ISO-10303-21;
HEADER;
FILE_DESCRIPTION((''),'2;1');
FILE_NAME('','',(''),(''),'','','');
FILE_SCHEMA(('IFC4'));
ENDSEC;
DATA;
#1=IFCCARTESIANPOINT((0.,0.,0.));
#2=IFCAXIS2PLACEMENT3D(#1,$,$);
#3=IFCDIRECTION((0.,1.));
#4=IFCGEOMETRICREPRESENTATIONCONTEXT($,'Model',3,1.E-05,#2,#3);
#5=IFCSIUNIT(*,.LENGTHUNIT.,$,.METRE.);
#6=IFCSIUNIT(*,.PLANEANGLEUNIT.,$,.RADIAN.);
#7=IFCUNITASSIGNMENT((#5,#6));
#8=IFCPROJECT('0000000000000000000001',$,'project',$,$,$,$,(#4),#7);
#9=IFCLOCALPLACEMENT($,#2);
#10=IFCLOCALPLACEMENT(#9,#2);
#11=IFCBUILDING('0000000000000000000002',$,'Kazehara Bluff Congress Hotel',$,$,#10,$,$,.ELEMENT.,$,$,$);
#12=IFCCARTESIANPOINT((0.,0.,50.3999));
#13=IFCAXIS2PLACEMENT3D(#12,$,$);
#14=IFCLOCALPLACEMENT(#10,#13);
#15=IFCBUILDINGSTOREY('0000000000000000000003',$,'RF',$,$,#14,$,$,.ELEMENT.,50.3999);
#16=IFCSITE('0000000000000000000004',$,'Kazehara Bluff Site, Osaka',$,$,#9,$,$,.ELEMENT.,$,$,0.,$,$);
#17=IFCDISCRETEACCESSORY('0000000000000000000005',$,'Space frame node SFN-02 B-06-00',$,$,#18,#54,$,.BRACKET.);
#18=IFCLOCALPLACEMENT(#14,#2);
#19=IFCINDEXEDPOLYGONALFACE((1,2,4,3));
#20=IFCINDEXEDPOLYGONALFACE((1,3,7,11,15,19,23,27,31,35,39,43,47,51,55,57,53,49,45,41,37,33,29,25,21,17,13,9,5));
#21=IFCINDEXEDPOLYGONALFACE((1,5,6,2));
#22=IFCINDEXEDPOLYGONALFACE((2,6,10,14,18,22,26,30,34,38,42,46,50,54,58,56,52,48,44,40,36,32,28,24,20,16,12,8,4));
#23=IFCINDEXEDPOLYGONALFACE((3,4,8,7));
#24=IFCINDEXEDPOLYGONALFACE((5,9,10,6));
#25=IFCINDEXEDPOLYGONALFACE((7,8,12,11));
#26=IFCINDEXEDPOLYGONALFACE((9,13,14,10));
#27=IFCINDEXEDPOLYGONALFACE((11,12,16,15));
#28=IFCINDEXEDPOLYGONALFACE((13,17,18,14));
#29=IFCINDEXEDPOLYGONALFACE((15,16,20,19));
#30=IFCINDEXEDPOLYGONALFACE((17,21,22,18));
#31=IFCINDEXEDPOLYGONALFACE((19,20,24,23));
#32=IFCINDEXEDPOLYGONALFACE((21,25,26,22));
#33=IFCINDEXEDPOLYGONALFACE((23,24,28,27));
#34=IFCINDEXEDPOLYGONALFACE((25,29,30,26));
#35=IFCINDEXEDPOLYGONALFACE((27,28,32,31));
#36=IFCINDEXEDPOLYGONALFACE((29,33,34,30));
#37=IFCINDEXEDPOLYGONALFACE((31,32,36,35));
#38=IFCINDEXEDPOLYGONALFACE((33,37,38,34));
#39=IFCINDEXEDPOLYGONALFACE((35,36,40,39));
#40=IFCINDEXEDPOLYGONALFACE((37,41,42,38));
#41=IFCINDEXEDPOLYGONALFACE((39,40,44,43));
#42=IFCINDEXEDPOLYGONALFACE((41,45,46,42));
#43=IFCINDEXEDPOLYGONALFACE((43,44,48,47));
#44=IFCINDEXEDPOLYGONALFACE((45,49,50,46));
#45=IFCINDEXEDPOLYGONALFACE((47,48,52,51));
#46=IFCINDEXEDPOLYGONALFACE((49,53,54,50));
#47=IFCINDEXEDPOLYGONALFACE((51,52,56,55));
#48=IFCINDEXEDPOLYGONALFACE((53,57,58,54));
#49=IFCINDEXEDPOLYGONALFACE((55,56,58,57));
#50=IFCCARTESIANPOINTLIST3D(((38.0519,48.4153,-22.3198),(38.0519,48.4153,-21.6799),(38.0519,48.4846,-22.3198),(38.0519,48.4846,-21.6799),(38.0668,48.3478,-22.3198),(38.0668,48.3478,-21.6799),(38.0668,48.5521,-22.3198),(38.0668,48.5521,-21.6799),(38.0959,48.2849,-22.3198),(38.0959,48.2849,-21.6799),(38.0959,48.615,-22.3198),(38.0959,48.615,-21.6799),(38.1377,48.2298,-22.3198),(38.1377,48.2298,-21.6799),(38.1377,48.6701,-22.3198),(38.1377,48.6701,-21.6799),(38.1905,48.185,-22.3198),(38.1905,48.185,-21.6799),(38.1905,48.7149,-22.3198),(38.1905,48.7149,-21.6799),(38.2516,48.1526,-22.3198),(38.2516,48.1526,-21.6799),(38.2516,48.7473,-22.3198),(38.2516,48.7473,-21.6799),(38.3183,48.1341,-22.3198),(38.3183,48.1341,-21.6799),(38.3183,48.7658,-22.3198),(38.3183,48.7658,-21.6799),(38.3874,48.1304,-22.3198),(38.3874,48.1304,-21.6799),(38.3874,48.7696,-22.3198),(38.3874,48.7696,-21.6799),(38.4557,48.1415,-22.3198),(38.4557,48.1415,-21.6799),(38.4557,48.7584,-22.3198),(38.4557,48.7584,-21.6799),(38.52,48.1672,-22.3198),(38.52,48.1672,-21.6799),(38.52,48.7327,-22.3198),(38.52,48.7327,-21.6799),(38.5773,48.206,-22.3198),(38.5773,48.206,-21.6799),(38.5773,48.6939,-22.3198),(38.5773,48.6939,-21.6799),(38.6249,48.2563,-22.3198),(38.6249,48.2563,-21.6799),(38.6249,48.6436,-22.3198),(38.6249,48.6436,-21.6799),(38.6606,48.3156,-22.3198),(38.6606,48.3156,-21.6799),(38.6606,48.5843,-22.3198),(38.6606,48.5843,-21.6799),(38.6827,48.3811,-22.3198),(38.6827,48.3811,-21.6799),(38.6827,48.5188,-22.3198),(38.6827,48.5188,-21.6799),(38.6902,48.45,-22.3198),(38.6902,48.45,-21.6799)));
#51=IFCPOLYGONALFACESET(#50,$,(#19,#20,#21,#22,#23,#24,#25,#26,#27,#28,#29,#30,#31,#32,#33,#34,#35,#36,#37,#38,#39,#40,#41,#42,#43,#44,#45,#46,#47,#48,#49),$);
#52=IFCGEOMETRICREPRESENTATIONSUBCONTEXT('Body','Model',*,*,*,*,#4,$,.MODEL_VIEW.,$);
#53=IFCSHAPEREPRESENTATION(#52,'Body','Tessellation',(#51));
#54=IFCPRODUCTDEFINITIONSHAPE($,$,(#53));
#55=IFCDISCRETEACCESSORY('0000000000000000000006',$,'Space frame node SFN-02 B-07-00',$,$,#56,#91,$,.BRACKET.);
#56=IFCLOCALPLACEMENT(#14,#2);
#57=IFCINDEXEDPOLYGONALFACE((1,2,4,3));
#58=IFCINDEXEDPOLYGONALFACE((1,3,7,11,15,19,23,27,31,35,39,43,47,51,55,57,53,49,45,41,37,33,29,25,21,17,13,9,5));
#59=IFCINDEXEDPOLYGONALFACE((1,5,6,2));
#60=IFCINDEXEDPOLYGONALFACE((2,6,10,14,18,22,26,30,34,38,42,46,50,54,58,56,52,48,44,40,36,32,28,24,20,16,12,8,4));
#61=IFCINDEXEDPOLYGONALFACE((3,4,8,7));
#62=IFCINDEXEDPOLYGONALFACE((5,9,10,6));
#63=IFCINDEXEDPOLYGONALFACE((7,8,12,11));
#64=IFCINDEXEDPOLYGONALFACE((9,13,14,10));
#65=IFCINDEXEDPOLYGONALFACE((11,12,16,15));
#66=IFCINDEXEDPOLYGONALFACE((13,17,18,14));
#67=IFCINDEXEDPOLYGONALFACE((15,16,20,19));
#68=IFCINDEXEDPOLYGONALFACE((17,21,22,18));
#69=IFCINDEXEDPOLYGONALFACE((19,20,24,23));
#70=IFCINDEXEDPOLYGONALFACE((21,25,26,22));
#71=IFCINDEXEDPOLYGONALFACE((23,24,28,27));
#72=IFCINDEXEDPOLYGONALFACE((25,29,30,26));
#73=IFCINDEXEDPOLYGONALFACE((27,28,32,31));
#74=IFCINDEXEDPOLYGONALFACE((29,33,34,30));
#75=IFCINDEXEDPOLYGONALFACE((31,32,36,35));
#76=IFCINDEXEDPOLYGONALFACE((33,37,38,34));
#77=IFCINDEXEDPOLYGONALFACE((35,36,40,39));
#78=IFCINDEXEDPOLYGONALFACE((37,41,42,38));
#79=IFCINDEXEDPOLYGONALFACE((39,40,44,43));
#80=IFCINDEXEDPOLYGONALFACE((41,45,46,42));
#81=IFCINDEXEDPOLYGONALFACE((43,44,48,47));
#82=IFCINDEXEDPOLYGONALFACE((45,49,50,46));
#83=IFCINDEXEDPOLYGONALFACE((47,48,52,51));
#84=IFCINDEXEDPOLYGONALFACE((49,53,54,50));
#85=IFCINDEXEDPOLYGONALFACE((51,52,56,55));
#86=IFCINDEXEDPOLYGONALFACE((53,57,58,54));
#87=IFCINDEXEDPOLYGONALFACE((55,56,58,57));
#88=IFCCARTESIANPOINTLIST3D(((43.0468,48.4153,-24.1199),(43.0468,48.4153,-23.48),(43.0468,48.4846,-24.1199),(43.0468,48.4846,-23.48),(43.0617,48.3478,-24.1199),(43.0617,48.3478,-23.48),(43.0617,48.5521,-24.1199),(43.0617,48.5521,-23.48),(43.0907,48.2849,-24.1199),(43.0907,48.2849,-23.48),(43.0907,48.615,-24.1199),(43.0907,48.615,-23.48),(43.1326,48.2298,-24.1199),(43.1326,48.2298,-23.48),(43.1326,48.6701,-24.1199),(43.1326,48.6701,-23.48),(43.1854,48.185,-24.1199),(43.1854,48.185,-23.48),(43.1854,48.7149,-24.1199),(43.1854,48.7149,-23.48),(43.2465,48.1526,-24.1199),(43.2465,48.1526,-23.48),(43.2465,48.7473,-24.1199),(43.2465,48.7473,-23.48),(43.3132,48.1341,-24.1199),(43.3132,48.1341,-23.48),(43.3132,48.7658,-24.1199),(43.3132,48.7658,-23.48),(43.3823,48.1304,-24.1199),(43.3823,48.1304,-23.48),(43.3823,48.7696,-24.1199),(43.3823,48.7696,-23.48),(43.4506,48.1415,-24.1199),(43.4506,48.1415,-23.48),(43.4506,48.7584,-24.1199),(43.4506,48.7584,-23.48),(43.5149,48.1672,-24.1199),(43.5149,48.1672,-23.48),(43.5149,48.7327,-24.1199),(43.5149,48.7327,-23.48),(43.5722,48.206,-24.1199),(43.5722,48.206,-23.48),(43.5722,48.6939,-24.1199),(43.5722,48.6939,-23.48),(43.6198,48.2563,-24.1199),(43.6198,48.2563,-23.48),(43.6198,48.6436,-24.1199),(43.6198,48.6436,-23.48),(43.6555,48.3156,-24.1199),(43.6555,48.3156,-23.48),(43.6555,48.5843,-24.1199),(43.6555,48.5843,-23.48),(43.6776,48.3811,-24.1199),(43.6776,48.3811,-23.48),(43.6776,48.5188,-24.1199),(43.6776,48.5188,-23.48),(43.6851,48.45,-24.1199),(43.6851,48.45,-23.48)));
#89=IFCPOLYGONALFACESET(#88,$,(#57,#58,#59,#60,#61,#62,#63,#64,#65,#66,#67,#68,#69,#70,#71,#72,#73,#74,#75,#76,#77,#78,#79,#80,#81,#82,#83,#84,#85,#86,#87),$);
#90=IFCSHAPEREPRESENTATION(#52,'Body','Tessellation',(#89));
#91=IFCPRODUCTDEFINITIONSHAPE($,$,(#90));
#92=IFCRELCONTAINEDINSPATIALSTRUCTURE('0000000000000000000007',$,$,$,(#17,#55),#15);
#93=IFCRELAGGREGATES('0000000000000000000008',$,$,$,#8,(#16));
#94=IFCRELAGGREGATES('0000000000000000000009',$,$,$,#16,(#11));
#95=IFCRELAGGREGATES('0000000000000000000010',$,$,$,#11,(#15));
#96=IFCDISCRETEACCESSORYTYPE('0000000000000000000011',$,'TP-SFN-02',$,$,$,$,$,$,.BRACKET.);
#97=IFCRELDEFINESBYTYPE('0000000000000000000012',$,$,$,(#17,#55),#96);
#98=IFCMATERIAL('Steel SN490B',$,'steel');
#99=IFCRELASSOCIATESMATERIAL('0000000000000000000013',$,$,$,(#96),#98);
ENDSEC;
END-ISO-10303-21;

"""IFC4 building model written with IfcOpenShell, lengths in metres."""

from ifc_helpers import new_model, si_unit, direction, frame, origin, origin_2d, place, context, subcontext, project, spatial, circle, extrude, material, material_profile, profile_set, type_object, element, save


model = new_model("IFC4")

# Units and contexts
model_context = context("Model", 3, precision=1e-05, world=origin(), true_north=direction((0.0, 1.0)))
body_context = subcontext(model_context, "Body", "Model", "MODEL_VIEW")
ifc_project = project(units=[si_unit("LENGTHUNIT", "METRE"), si_unit("PLANEANGLEUNIT", "RADIAN")], contexts=[model_context])

# Site, building, storey
site_placement = place(None, origin())
site = spatial("IfcSite", under=ifc_project, at=site_placement, Name="Kazehara Bluff Site, Osaka", CompositionType="ELEMENT", RefElevation=0.0)
building_placement = place(site_placement, origin())
building = spatial("IfcBuilding", under=site, at=building_placement, Name="Kazehara Bluff Congress Hotel", CompositionType="ELEMENT")
storey_placement = place(building_placement, frame((0.0, 0.0, 50.3999)))
storey = spatial("IfcBuildingStorey", under=building, at=storey_placement, Name="RF", CompositionType="ELEMENT", Elevation=50.3999)

# Discrete accessories
ifc_material_1 = material(Name="Steel SN490B", Category="steel")
ifc_material_profile_1 = material_profile(ifc_material_1, circle(Radius=0.3201, at=origin_2d()))
ifc_profile_set_1 = profile_set([ifc_material_profile_1], Name="Steel SN490B")
discrete_accessory_type_1 = type_object("IfcDiscreteAccessoryType", Name="TP-SFN-02", PredefinedType="BRACKET", material=ifc_profile_set_1)
for number, where, z_axis, x_axis, name in (
    (1, (38.3701, 48.45, -22.3198), (0.0, 0.0, 1.0), (1.0, 0.0, 0.0), "Space frame node SFN-02 B-06-00"),
    (2, (43.365, 48.45, -24.1199), (0.0, 0.0, 1.0), (1.0, 0.0, 0.0), "Space frame node SFN-02 B-07-00"),
):
    element("IfcDiscreteAccessory", number, at=place(storey_placement, frame(where, z_axis=z_axis, x_axis=x_axis)), inside=storey, type_object=discrete_accessory_type_1, Name=name, PredefinedType="BRACKET", context=body_context, shape_type="SweptSolid", body=[
        extrude(circle(Radius=0.3201, at=origin_2d()), origin(), (0.0, 0.0, 1.0), 0.6399),
    ])

save(model, "model.ifc")
